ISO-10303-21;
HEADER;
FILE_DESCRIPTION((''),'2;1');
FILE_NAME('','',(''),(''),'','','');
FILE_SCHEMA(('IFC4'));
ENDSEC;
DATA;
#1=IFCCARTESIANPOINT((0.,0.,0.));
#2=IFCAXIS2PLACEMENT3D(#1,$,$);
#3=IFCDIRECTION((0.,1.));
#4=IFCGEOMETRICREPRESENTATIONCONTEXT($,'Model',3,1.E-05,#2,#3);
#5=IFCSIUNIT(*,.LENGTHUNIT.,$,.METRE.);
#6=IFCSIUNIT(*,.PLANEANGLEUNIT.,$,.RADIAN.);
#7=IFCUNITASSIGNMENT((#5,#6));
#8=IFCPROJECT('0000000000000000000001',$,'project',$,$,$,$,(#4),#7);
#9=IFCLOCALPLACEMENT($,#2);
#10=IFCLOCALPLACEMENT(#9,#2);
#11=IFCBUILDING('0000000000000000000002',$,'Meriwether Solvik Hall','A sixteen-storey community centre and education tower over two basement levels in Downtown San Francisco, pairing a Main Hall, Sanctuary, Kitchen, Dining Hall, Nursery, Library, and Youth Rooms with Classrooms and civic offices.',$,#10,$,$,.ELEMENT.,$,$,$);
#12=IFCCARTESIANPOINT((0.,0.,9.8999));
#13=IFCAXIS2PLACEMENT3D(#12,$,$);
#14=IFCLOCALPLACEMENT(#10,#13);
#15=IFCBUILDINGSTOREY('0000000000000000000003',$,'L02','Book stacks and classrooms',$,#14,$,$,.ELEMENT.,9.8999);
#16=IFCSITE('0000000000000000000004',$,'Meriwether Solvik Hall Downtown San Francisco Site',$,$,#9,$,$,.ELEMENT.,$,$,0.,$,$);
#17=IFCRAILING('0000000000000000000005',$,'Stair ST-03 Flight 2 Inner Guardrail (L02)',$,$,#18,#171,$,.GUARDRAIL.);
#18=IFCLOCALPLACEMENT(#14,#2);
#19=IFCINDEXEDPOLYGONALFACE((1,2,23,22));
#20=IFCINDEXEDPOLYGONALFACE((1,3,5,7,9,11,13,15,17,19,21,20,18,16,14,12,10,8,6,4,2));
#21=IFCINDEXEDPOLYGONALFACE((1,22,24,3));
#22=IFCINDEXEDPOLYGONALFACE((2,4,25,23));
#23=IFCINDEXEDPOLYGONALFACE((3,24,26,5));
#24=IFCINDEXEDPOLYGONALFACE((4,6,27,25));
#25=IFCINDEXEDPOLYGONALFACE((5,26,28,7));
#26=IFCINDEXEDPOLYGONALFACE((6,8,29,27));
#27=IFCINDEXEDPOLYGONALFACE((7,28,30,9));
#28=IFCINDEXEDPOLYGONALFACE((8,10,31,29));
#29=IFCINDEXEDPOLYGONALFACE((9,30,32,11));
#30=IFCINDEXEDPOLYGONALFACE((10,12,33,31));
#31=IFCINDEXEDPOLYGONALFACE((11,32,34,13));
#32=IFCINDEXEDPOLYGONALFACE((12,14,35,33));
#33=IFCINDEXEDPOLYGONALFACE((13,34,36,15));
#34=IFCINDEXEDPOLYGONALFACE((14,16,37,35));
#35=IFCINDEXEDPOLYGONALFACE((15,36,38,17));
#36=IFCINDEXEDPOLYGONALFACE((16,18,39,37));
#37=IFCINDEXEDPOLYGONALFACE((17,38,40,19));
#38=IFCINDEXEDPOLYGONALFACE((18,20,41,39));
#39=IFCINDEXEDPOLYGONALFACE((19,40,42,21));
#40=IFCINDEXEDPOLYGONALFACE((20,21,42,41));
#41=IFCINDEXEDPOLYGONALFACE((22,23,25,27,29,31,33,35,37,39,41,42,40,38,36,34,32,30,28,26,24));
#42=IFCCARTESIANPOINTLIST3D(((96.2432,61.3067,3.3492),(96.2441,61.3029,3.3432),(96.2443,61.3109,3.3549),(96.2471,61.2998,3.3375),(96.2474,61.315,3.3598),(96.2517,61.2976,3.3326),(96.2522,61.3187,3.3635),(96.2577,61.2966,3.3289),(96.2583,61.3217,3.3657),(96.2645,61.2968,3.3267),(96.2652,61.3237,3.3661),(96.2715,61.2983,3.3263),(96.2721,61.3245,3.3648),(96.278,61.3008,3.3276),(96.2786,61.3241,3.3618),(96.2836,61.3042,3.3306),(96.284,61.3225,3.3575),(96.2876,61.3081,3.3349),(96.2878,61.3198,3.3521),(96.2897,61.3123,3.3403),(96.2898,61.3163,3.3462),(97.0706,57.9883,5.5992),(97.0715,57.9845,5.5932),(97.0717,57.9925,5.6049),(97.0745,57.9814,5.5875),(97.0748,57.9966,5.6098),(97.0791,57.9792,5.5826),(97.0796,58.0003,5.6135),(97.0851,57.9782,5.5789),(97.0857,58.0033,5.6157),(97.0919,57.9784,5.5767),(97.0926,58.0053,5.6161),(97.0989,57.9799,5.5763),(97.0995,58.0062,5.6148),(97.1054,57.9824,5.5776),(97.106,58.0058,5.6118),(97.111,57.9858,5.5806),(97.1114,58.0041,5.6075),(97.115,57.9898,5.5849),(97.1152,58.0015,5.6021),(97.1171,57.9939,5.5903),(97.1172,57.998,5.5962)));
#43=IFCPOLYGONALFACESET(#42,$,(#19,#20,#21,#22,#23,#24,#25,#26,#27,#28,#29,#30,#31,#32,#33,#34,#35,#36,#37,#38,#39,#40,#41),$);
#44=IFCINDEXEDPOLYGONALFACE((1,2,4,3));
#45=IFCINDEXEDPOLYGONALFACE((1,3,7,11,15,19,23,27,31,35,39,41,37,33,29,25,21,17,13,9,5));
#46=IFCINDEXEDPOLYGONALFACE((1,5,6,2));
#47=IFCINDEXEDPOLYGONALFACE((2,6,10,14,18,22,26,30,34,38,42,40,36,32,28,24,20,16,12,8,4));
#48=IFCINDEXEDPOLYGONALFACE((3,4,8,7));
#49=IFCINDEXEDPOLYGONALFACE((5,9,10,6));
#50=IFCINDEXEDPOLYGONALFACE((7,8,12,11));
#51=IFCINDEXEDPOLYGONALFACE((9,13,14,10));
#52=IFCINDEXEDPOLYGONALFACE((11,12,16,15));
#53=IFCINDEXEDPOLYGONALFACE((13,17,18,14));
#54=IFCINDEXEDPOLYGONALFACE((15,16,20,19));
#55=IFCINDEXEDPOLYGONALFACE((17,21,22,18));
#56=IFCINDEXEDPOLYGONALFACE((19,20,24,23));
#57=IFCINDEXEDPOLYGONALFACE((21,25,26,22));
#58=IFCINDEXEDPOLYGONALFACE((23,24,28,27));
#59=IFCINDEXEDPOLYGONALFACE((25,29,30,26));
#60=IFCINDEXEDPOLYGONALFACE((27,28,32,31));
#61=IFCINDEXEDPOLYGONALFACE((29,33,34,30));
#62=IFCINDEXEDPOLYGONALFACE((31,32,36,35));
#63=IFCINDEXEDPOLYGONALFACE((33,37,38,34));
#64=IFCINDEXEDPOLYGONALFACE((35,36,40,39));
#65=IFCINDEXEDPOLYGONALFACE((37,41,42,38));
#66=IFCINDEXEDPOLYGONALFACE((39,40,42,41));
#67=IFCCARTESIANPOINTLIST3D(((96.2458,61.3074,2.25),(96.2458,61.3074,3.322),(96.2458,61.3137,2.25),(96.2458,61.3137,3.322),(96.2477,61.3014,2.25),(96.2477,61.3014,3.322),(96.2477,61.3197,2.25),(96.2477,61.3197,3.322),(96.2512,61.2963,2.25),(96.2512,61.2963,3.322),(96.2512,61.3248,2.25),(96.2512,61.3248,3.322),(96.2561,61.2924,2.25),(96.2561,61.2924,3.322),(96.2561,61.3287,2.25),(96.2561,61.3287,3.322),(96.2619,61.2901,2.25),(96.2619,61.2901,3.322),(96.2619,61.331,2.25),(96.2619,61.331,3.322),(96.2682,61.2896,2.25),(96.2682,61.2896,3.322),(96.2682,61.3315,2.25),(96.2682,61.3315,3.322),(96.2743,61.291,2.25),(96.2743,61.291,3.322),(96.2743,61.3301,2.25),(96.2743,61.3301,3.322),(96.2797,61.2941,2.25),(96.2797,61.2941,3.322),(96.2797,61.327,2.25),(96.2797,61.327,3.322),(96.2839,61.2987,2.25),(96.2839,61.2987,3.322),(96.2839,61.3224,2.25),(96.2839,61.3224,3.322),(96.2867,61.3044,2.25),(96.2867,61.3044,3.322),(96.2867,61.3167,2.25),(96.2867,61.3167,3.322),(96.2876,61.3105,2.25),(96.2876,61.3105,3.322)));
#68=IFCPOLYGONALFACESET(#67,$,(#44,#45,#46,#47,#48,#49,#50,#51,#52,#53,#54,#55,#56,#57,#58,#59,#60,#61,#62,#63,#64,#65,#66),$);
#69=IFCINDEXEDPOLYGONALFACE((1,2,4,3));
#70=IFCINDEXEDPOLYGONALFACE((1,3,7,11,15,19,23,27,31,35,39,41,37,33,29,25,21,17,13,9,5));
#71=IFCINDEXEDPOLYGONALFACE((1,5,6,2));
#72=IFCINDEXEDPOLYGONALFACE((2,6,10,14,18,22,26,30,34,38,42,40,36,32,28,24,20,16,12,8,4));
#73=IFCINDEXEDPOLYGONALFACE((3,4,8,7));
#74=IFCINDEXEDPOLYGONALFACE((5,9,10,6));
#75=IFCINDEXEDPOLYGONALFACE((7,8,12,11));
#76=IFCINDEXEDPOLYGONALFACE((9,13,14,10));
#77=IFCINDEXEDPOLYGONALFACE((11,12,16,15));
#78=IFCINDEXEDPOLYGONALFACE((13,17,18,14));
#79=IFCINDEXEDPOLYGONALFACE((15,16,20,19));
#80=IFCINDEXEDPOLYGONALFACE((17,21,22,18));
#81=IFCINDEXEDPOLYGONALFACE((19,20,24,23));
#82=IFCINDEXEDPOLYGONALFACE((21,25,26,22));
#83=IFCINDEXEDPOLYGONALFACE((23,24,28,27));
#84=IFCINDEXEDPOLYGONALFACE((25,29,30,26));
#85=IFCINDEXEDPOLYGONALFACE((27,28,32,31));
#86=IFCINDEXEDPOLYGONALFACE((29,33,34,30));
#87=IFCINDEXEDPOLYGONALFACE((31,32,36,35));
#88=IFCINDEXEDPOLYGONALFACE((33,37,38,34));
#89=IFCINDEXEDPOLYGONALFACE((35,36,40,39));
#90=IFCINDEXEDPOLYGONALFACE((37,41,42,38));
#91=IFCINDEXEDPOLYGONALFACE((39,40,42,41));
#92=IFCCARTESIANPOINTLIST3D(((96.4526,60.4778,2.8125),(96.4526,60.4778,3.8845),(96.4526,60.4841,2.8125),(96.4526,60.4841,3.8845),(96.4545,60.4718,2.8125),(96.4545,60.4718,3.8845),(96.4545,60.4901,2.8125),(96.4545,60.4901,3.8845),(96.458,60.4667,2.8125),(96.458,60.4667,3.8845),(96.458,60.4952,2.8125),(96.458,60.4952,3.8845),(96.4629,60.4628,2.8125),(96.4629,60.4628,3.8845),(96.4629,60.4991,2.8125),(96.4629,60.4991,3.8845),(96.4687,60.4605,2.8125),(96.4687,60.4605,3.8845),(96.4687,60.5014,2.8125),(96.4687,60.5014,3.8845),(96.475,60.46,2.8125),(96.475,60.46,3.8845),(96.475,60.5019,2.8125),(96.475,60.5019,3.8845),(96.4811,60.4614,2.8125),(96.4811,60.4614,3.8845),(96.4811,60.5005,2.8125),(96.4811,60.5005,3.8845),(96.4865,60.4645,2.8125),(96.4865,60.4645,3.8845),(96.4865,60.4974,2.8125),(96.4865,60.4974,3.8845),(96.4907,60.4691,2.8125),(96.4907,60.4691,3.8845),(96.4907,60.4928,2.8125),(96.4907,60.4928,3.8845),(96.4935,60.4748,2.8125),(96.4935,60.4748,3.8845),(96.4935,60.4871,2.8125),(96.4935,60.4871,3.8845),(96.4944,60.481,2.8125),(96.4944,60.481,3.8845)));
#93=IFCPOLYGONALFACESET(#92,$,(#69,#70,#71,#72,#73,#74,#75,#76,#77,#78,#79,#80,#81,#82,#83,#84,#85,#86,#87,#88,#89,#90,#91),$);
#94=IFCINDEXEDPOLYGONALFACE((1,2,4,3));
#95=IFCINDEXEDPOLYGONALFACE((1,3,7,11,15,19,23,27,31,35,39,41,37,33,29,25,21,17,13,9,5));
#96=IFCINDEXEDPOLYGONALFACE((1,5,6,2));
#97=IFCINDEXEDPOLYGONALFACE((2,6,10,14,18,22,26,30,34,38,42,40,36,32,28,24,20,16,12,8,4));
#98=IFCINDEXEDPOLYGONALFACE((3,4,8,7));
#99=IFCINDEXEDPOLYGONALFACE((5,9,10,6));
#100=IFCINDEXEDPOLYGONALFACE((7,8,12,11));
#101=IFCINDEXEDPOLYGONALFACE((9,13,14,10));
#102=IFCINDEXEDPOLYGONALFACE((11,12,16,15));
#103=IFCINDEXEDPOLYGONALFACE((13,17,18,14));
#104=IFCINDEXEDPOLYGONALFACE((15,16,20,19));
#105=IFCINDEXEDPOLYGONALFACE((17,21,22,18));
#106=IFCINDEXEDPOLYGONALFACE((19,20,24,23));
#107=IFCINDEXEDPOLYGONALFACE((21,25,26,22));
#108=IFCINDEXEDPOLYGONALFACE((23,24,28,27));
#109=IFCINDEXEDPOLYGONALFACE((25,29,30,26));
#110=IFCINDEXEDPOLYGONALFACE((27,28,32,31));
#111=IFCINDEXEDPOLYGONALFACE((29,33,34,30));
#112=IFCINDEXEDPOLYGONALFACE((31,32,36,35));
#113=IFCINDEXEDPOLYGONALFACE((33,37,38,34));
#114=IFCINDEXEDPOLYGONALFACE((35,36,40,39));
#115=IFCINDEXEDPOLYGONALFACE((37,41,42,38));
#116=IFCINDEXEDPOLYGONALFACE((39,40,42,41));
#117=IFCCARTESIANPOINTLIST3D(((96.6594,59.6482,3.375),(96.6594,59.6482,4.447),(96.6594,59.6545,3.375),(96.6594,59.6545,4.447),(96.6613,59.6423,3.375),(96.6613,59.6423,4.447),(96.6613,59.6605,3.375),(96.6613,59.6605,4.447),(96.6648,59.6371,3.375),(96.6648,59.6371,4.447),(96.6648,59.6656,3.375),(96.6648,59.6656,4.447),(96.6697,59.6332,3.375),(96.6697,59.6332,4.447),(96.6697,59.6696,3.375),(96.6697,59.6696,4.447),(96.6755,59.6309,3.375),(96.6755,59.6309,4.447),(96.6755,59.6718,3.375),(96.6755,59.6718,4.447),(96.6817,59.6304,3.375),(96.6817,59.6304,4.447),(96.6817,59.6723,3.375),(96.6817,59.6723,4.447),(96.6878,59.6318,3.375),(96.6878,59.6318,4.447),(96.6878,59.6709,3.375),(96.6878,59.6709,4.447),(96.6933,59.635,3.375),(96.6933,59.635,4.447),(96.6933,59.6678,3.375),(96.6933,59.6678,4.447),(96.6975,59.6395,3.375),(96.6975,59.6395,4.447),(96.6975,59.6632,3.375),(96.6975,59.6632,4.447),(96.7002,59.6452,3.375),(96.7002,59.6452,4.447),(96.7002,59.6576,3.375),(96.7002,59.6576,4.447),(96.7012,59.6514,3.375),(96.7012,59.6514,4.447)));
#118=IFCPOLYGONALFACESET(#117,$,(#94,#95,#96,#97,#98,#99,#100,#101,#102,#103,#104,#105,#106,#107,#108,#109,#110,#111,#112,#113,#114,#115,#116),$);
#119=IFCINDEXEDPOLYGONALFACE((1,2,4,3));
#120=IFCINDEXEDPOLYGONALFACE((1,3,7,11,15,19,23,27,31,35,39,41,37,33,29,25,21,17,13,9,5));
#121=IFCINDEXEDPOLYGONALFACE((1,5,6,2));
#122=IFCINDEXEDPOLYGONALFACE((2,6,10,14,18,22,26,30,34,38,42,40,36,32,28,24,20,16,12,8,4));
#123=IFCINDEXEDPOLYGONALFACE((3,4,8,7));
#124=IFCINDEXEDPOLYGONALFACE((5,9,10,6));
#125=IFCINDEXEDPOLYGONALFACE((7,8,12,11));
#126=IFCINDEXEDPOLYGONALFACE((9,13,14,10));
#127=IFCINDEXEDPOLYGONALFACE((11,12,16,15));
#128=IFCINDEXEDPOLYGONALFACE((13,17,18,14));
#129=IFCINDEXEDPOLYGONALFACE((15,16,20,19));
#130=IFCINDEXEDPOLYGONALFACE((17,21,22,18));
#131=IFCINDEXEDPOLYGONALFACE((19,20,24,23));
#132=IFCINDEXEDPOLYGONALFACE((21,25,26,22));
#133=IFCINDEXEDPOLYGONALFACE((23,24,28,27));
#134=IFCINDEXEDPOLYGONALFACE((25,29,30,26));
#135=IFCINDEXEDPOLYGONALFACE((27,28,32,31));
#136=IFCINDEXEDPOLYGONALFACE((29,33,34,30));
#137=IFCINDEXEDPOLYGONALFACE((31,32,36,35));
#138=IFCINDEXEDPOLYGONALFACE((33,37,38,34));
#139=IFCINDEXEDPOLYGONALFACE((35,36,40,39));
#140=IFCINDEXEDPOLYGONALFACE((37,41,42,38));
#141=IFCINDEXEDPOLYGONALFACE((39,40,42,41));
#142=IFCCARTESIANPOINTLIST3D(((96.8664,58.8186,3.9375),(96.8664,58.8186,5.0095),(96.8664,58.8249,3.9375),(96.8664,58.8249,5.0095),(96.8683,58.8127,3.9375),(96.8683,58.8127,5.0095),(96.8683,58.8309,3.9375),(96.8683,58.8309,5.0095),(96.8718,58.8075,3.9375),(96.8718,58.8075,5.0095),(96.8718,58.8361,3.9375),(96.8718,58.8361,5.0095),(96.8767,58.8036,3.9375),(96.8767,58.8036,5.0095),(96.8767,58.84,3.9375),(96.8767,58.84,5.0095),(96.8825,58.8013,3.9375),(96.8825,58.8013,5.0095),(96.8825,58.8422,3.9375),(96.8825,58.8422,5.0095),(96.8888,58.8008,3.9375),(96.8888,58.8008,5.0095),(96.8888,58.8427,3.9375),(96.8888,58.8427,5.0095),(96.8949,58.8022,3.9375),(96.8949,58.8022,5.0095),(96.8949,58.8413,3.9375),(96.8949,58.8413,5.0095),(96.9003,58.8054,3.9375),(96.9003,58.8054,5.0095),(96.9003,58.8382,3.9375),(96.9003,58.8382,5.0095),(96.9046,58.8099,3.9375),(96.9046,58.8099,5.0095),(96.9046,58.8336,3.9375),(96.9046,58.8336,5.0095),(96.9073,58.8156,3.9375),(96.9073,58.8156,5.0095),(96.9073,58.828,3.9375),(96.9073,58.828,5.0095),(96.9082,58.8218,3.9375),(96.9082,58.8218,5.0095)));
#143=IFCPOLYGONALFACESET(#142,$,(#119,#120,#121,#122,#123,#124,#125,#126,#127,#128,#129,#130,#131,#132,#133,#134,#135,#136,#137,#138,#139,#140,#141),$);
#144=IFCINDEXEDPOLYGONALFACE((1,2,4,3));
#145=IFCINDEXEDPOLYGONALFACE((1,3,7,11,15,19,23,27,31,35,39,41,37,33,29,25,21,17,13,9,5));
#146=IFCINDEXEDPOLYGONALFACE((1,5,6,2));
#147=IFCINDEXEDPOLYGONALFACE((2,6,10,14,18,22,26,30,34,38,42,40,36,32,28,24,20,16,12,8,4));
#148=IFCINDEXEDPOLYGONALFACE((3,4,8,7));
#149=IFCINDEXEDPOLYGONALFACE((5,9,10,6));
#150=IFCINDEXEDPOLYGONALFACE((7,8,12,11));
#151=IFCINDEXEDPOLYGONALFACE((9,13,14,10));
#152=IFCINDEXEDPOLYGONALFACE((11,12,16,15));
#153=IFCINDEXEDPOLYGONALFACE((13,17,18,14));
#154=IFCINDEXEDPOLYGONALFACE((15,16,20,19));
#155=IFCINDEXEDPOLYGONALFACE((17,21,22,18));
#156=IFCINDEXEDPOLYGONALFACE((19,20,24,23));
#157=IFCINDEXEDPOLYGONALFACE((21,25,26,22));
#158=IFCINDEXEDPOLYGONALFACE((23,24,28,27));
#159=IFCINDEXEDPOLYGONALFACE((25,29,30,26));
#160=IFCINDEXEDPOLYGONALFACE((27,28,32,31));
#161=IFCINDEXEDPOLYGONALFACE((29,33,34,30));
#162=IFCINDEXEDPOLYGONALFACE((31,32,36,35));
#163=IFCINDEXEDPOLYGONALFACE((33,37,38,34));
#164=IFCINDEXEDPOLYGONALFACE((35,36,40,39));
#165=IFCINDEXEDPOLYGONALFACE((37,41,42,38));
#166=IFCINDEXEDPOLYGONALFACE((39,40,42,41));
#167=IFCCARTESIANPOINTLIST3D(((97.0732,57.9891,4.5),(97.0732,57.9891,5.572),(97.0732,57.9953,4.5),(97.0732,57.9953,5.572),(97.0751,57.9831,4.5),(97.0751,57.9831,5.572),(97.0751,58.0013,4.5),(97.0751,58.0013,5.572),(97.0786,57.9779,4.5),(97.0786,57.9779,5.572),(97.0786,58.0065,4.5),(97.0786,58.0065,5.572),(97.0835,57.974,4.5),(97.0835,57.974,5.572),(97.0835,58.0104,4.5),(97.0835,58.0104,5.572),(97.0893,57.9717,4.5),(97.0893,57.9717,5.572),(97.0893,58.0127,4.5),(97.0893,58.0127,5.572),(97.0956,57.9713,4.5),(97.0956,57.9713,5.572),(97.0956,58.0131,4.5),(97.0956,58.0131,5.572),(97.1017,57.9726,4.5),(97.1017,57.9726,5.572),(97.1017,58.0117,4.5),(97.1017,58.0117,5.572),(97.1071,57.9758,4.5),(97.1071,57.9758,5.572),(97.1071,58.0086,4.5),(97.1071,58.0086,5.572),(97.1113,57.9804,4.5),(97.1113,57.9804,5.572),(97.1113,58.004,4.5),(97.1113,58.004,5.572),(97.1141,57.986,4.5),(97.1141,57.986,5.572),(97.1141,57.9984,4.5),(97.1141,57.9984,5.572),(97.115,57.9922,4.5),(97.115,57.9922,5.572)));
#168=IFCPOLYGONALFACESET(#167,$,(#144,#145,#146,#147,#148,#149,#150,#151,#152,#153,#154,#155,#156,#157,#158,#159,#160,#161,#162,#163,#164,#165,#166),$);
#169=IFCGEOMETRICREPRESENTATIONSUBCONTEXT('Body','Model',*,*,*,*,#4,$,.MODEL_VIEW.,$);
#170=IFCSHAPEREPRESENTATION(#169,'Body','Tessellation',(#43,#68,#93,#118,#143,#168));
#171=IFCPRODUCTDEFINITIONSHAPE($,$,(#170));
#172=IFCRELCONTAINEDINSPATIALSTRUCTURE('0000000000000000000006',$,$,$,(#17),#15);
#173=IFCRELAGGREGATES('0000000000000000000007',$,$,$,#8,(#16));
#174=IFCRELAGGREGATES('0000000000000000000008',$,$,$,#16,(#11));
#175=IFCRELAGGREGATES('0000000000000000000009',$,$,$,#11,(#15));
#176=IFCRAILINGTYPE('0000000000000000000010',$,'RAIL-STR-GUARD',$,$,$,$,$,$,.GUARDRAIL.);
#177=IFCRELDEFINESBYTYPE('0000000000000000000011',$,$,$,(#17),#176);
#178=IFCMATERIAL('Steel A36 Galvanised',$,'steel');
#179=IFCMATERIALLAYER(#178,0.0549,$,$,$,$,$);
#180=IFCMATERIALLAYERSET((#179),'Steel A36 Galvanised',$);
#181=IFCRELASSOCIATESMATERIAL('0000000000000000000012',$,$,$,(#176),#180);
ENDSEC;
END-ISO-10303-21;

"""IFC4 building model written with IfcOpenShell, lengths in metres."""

from ifc_helpers import new_model, si_unit, direction, frame, origin, origin_2d, place, context, subcontext, project, spatial, circle, extrude, material, layer, layer_set, type_object, element, save


model = new_model("IFC4")

# Units and contexts
model_context = context("Model", 3, precision=1e-05, world=origin(), true_north=direction((0.0, 1.0)))
body_context = subcontext(model_context, "Body", "Model", "MODEL_VIEW")
ifc_project = project(units=[si_unit("LENGTHUNIT", "METRE"), si_unit("PLANEANGLEUNIT", "RADIAN")], contexts=[model_context])

# Site, building, storey
site_placement = place(None, origin())
site = spatial("IfcSite", under=ifc_project, at=site_placement, Name="Meriwether Solvik Hall Downtown San Francisco Site", CompositionType="ELEMENT", RefElevation=0.0)
building_placement = place(site_placement, origin())
building = spatial("IfcBuilding", under=site, at=building_placement, Name="Meriwether Solvik Hall", Description="A sixteen-storey community centre and education tower over two basement levels in Downtown San Francisco, pairing a Main Hall, Sanctuary, Kitchen, Dining Hall, Nursery, Library, and Youth Rooms with Classrooms and civic offices.", CompositionType="ELEMENT")
storey_placement = place(building_placement, frame((0.0, 0.0, 9.8999)))
storey = spatial("IfcBuildingStorey", under=building, at=storey_placement, Name="L02", Description="Book stacks and classrooms", CompositionType="ELEMENT", Elevation=9.8999)

# Railing
ifc_material_1 = material(Name="Steel A36 Galvanised", Category="steel")
ifc_layer_1 = layer(ifc_material_1, 0.0549)
ifc_layer_set_1 = layer_set([ifc_layer_1], Name="Steel A36 Galvanised")
railing_type_1 = type_object("IfcRailingType", Name="RAIL-STR-GUARD", PredefinedType="GUARDRAIL", material=ifc_layer_set_1)
railing_1_placement = place(storey_placement, frame((96.2666, 61.3105, 2.25)))
element("IfcRailing", 1, at=railing_1_placement, inside=storey, type_object=railing_type_1, Name="Stair ST-03 Flight 2 Inner Guardrail (L02)", PredefinedType="GUARDRAIL", context=body_context, shape_type="SweptSolid", body=[
    extrude(circle(Radius=0.0239, at=origin_2d()), frame((0.0, 0.0, 1.0962), z_axis=(0.202112, -0.810596, 0.549622), x_axis=(0.970293, 0.241931, 0.0)), (0.0, 0.0, 1.0), 4.0938),
    extrude(circle(Radius=0.021, at=origin_2d()), origin(), (0.0, 0.0, 1.0), 1.072),
    extrude(circle(Radius=0.021, at=origin_2d()), frame((0.2068, -0.8296, 0.5625)), (0.0, 0.0, 1.0), 1.072),
    extrude(circle(Radius=0.021, at=origin_2d()), frame((0.4136, -1.6592, 1.125)), (0.0, 0.0, 1.0), 1.072),
    extrude(circle(Radius=0.021, at=origin_2d()), frame((0.6206, -2.4888, 1.6875)), (0.0, 0.0, 1.0), 1.072),
    extrude(circle(Radius=0.021, at=origin_2d()), frame((0.8274, -3.3184, 2.25)), (0.0, 0.0, 1.0), 1.072),
])

save(model, "model.ifc")
